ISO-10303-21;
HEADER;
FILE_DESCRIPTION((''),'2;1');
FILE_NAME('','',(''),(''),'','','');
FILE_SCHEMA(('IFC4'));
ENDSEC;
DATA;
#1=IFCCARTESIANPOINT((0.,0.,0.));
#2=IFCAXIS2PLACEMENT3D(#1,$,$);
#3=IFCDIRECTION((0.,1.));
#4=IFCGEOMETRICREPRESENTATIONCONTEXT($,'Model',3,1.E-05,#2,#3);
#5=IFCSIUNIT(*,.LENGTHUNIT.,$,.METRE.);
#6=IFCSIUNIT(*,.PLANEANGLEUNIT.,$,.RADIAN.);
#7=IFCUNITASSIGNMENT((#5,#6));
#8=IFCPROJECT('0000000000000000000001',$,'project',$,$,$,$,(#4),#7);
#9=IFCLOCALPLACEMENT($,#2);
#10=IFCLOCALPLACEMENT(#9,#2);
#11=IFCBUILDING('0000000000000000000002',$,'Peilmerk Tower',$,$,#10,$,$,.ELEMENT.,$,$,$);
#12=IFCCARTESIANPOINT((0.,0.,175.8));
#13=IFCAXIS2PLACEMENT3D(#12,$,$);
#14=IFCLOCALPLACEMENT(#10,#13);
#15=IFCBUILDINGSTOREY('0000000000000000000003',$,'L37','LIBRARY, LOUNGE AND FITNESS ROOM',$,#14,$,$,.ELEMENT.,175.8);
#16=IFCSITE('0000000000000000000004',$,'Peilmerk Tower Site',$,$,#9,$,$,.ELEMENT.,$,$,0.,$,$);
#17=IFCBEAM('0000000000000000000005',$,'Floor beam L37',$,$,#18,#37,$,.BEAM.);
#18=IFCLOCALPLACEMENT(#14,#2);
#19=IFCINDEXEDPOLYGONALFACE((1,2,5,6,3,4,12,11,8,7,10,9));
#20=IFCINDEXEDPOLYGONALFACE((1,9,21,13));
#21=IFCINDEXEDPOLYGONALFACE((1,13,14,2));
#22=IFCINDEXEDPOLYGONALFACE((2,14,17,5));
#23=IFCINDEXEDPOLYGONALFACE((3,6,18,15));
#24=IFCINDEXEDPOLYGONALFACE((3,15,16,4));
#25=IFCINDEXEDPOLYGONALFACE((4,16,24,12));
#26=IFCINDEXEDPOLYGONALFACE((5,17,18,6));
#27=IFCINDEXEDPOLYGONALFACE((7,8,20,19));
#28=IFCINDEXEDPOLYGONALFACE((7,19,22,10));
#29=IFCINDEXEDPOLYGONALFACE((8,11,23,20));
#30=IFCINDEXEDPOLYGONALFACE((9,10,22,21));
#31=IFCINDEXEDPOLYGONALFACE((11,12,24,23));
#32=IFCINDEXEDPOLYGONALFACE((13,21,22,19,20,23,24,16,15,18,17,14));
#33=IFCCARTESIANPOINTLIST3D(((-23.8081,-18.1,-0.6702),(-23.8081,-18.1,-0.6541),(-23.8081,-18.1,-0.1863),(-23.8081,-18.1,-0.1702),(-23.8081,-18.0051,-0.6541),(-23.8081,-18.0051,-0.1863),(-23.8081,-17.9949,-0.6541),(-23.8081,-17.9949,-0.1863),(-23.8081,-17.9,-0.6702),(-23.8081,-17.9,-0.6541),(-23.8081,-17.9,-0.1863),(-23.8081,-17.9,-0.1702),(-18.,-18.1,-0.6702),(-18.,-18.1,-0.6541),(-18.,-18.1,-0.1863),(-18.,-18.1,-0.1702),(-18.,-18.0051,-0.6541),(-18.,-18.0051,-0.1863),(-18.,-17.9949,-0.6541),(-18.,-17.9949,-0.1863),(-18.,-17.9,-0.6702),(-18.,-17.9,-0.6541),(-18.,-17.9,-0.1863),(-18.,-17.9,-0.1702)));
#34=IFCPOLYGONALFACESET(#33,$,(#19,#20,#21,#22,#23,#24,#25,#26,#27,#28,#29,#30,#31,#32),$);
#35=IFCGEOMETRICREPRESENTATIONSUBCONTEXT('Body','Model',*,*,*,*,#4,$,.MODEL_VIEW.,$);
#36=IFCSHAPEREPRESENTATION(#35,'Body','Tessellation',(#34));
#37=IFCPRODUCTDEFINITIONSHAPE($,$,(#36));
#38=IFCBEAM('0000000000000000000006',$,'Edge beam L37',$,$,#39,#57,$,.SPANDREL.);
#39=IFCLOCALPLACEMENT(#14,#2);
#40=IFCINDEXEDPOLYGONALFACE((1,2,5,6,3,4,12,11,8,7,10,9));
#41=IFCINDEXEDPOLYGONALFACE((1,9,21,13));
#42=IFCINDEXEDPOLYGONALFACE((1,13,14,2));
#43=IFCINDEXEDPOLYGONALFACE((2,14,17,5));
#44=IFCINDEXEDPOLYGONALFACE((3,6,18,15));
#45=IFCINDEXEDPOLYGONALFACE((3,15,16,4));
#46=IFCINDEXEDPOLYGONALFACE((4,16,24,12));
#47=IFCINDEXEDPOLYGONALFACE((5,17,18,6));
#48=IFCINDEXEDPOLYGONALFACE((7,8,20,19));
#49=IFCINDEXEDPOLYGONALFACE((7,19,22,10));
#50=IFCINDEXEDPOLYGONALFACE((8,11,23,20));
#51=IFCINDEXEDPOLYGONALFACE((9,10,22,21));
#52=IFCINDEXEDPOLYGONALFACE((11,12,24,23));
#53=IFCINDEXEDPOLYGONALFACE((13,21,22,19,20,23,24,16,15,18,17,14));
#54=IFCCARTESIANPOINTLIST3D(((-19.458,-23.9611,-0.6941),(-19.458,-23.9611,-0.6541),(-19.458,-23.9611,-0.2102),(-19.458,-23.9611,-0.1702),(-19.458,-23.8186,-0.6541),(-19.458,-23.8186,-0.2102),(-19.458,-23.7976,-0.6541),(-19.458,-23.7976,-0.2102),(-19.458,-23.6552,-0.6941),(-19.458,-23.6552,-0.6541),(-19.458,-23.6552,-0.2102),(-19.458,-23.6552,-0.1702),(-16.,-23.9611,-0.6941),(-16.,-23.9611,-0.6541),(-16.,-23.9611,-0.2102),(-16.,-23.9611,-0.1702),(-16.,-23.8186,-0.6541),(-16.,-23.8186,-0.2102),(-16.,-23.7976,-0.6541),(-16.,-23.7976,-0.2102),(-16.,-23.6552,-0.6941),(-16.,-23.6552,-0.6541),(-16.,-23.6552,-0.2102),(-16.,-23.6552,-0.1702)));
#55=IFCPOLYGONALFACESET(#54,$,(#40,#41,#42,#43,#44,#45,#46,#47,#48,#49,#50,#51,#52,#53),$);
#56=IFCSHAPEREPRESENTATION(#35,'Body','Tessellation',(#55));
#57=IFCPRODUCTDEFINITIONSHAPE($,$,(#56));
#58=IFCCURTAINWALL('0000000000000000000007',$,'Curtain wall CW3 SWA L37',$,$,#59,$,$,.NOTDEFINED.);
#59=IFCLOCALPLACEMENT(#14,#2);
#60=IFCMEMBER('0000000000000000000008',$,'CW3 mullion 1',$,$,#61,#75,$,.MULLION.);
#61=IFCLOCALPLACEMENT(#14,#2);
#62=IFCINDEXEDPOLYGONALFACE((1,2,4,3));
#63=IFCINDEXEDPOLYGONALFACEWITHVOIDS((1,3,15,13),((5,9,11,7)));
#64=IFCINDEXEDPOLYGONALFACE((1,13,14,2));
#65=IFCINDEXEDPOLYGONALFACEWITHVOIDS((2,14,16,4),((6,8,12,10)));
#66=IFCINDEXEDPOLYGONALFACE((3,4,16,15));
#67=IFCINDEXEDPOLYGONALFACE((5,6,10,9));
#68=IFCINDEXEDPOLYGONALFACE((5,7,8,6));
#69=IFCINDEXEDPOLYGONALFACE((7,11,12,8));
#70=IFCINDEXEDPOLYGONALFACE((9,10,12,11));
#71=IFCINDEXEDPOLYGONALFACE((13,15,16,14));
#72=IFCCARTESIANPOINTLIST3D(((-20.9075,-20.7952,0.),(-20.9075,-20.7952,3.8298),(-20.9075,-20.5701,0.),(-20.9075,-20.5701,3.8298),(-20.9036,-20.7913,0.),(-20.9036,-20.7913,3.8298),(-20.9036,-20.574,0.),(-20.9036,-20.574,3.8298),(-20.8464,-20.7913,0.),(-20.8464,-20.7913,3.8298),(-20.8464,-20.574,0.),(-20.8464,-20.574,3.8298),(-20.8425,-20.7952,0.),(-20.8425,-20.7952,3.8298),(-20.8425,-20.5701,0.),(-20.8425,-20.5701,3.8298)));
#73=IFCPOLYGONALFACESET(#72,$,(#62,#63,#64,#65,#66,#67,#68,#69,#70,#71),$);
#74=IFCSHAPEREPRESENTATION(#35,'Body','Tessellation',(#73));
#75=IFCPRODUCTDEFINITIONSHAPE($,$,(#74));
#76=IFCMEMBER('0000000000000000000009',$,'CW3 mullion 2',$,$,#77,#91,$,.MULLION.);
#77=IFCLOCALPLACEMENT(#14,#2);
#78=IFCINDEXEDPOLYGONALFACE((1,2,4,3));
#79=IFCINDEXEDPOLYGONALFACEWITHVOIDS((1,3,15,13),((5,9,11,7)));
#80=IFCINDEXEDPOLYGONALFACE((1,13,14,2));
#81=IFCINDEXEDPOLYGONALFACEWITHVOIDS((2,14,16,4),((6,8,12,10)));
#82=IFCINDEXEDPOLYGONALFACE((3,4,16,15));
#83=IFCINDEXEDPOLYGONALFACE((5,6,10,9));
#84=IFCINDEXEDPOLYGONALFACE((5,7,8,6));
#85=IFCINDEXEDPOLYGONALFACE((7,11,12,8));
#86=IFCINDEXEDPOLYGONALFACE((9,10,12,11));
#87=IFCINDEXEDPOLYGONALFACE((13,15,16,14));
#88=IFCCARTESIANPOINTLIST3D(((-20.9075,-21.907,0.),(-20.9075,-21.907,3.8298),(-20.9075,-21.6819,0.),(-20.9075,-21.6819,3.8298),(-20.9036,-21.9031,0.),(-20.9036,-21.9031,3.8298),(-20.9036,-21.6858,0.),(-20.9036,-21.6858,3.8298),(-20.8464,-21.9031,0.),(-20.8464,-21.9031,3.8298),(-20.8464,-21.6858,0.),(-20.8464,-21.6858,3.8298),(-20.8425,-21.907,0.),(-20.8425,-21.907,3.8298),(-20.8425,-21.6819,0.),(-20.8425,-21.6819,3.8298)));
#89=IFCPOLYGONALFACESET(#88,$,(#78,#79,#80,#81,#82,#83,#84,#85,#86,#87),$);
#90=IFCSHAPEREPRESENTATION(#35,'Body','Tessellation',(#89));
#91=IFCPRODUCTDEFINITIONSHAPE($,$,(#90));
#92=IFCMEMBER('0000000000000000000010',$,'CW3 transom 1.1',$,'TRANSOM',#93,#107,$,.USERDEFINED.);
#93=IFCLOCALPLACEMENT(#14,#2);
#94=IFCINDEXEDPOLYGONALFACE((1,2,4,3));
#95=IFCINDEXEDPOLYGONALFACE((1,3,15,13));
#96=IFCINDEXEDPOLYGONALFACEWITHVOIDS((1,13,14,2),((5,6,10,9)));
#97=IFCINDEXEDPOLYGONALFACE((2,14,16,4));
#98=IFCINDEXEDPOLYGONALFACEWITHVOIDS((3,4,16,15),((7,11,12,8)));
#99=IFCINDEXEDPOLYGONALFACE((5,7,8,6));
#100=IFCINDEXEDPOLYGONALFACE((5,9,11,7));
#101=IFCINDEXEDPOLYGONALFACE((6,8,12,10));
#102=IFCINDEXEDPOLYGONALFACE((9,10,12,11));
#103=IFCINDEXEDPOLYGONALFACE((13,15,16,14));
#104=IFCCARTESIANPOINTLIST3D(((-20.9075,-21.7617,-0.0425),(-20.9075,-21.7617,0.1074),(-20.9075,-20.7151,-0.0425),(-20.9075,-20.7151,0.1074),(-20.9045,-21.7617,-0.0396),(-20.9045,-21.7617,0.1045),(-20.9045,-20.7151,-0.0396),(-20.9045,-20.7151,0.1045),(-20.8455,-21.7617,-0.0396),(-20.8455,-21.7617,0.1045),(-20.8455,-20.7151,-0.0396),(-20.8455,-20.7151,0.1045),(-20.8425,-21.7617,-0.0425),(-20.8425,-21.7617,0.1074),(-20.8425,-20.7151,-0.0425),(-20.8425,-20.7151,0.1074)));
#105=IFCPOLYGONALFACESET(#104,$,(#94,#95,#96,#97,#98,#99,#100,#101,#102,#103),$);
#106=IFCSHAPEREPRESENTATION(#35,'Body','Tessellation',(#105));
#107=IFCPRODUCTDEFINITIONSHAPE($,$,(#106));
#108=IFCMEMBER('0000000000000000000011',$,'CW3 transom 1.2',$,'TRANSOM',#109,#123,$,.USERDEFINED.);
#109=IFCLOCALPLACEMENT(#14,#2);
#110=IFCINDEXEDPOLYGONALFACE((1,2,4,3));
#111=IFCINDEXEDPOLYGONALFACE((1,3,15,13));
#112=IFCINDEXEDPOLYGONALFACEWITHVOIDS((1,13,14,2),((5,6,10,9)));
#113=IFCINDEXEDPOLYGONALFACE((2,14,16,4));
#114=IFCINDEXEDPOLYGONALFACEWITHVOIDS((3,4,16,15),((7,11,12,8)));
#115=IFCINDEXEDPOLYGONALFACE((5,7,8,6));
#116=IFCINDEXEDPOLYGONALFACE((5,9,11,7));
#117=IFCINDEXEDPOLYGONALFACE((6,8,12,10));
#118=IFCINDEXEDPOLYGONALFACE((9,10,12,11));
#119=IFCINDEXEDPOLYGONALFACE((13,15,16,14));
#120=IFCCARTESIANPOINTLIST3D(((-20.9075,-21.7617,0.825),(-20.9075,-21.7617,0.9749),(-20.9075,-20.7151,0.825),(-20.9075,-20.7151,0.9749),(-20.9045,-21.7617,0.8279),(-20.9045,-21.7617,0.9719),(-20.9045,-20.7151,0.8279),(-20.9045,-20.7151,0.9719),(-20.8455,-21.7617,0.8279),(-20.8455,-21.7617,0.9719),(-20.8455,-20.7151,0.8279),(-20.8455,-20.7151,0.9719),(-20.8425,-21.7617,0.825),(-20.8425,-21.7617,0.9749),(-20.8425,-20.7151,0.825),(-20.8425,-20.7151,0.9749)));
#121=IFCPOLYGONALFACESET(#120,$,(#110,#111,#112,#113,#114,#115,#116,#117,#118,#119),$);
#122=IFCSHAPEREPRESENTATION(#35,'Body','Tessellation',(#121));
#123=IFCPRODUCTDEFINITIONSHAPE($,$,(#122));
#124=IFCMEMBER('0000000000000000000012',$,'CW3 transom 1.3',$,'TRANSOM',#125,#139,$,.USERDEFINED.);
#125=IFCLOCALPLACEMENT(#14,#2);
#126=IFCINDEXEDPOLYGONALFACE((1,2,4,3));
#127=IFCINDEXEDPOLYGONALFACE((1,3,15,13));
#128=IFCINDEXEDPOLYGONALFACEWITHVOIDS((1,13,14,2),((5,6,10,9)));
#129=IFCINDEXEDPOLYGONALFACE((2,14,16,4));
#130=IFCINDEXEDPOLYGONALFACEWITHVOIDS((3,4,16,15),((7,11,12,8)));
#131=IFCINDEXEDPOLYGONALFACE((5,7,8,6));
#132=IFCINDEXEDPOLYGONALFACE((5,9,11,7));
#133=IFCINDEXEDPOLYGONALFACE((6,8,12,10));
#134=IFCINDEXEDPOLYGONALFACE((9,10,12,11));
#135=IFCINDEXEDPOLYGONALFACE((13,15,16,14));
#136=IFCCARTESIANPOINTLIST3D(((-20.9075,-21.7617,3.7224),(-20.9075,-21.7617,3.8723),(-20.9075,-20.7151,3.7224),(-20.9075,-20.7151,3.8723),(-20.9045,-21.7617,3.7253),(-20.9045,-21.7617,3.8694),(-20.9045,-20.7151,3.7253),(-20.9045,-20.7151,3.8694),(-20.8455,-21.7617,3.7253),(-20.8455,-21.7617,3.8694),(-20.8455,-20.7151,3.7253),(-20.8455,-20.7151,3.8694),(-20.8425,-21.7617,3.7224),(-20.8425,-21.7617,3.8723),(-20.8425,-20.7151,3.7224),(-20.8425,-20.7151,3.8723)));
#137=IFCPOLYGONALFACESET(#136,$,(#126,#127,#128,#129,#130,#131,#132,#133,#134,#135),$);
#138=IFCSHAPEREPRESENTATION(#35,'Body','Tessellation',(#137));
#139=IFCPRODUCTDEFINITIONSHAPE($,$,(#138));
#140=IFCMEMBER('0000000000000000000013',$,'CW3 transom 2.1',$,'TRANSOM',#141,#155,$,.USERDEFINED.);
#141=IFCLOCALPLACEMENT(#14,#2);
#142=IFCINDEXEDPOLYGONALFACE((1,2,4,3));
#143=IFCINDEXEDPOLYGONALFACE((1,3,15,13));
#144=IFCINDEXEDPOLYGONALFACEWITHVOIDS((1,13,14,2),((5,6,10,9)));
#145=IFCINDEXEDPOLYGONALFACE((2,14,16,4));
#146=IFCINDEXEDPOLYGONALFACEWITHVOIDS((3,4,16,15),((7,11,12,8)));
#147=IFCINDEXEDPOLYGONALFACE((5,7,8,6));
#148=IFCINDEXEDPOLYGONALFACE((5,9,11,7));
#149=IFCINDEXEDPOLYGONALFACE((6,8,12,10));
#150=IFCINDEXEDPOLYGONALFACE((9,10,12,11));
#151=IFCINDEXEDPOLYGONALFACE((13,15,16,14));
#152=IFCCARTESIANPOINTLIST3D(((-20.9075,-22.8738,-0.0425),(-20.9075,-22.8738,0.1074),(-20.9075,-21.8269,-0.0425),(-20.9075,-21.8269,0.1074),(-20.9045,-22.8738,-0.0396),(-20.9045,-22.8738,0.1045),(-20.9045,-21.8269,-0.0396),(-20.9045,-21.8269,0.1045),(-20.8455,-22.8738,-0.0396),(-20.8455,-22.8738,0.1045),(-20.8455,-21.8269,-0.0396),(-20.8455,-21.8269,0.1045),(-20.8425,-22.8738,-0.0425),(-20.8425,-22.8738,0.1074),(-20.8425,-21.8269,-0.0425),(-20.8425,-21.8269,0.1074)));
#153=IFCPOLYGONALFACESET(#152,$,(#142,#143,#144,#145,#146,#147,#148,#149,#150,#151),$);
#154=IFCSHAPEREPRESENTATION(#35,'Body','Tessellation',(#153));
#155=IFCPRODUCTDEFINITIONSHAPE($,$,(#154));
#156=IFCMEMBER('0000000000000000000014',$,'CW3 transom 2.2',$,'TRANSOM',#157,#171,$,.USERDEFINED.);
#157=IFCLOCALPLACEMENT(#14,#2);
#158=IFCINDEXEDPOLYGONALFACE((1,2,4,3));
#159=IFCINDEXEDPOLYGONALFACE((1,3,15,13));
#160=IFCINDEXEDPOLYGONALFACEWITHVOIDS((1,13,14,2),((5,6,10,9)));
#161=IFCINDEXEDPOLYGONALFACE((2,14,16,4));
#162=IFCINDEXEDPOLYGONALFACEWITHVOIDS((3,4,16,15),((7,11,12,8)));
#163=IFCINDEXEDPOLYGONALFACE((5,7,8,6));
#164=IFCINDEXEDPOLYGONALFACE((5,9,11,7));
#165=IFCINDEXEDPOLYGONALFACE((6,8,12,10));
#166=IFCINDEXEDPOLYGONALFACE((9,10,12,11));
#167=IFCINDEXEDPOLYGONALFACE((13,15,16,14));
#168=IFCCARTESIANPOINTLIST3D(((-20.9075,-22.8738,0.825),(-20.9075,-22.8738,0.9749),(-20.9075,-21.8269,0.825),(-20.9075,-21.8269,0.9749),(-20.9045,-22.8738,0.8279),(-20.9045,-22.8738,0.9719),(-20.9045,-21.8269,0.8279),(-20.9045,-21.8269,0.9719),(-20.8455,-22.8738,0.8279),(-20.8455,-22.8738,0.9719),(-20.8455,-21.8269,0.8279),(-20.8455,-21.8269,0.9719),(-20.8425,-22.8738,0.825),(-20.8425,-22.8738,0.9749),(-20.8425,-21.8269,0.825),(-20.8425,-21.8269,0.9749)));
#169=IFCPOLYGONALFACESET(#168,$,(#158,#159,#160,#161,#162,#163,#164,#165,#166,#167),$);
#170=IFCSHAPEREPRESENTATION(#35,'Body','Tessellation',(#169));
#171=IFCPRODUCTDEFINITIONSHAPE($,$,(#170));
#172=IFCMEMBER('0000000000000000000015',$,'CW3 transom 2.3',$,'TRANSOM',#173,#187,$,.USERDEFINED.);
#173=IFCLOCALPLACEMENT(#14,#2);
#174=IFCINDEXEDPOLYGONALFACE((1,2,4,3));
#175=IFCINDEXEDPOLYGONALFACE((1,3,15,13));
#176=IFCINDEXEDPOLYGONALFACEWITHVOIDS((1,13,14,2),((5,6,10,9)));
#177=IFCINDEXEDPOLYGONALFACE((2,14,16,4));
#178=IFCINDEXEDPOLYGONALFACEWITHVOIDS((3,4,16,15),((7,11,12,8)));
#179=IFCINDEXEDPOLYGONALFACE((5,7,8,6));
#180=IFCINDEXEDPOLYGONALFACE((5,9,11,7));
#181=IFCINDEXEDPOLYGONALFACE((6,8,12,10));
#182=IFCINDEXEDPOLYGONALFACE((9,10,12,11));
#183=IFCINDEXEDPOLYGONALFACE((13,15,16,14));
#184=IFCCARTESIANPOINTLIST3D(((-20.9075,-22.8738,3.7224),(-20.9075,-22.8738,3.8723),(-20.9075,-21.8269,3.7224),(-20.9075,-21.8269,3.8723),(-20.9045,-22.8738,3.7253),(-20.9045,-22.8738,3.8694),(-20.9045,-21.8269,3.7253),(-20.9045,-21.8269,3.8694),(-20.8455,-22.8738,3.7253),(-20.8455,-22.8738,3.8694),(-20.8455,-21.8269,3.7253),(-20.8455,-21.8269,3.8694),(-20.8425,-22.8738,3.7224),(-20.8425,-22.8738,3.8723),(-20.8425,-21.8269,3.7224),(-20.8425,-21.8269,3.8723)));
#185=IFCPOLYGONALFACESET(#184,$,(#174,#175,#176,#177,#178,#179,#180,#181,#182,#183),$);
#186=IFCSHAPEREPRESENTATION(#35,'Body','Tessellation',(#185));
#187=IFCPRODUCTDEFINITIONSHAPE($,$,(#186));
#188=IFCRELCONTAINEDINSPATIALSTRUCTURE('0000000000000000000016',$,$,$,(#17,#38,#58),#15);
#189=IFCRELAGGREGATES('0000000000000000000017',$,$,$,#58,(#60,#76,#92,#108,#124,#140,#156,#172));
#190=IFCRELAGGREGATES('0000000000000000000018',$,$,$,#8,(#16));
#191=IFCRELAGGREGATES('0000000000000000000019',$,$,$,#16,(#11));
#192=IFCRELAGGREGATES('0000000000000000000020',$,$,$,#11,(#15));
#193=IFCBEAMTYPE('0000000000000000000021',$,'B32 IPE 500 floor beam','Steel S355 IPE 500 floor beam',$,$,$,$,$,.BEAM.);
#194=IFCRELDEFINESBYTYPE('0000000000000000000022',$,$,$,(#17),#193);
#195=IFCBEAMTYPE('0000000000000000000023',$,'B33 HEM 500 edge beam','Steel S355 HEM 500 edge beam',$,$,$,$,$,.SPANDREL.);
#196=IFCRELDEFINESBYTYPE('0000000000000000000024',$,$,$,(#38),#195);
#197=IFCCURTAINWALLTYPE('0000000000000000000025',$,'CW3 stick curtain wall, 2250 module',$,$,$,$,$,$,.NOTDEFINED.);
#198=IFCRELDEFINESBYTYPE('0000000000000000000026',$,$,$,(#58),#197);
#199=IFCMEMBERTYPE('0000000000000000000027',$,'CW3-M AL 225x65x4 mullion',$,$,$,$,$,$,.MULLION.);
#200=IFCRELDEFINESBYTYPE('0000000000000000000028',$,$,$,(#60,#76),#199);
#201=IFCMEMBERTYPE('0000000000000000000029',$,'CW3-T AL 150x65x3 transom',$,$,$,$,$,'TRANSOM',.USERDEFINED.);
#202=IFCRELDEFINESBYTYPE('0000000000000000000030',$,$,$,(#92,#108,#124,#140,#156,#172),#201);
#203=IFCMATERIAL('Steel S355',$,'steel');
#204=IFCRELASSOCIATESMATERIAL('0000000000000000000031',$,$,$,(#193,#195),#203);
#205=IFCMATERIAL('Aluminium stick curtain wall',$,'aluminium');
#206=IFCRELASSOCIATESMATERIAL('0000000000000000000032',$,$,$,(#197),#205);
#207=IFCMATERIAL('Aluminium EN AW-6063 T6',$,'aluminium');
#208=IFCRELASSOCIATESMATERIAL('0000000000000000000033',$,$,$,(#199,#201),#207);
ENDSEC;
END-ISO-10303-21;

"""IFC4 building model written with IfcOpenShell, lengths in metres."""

from ifc_helpers import new_model, si_unit, direction, frame, origin, origin_2d, place, context, subcontext, project, spatial, hollow_rectangle, i_section, extrude, material, material_profile, profile_set, type_object, element, aggregate, save


model = new_model("IFC4")

# Units and contexts
model_context = context("Model", 3, precision=1e-05, world=origin(), true_north=direction((0.0, 1.0)))
body_context = subcontext(model_context, "Body", "Model", "MODEL_VIEW")
ifc_project = project(units=[si_unit("LENGTHUNIT", "METRE"), si_unit("PLANEANGLEUNIT", "RADIAN")], contexts=[model_context])

# Site, building, storey
site_placement = place(None, origin())
site = spatial("IfcSite", under=ifc_project, at=site_placement, Name="Peilmerk Tower Site", CompositionType="ELEMENT", RefElevation=0.0)
building_placement = place(site_placement, origin())
building = spatial("IfcBuilding", under=site, at=building_placement, Name="Peilmerk Tower", CompositionType="ELEMENT")
storey_placement = place(building_placement, frame((0.0, 0.0, 175.8)))
storey = spatial("IfcBuildingStorey", under=building, at=storey_placement, Name="L37", Description="LIBRARY, LOUNGE AND FITNESS ROOM", CompositionType="ELEMENT", Elevation=175.8)

# Beams
ifc_material_1 = material(Name="Steel S355", Category="steel")
ifc_material_profile_1 = material_profile(ifc_material_1, i_section(OverallWidth=0.2, OverallDepth=0.5, WebThickness=0.0103, FlangeThickness=0.0161, at=origin_2d()), Name="IPE 500")
ifc_profile_set_1 = profile_set([ifc_material_profile_1], Name="Steel S355")
beam_type_1 = type_object("IfcBeamType", Name="B32 IPE 500 floor beam", Description="Steel S355 IPE 500 floor beam", PredefinedType="BEAM", material=ifc_profile_set_1)
for number, where, z_axis, x_axis, name in (
    (1, (-18.0, -18.0, -0.4202), (-1.0, 0.0, 0.0), (0.0, -1.0, 0.0), "Floor beam L37"),
):
    element("IfcBeam", number, at=place(storey_placement, frame(where, z_axis=z_axis, x_axis=x_axis)), inside=storey, type_object=beam_type_1, Name=name, PredefinedType="BEAM", context=body_context, shape_type="SweptSolid", body=[
        extrude(i_section(OverallWidth=0.2, OverallDepth=0.5, WebThickness=0.0103, FlangeThickness=0.0161, at=origin_2d()), origin(), (0.0, 0.0, 1.0), 5.8081),
    ])
ifc_material_profile_2 = material_profile(ifc_material_1, i_section(OverallWidth=0.3059, OverallDepth=0.5239, WebThickness=0.021, FlangeThickness=0.04, at=origin_2d()), Name="HEM 500")
ifc_profile_set_2 = profile_set([ifc_material_profile_2], Name="Steel S355")
beam_type_2 = type_object("IfcBeamType", Name="B33 HEM 500 edge beam", Description="Steel S355 HEM 500 edge beam", PredefinedType="SPANDREL", material=ifc_profile_set_2)
beam_1_placement = place(storey_placement, frame((-19.458, -23.8081, -0.4321), z_axis=(1.0, 0.0, 0.0), x_axis=(0.0, 1.0, 0.0)))
element("IfcBeam", 2, at=beam_1_placement, inside=storey, type_object=beam_type_2, Name="Edge beam L37", PredefinedType="SPANDREL", context=body_context, shape_type="SweptSolid", body=[
    extrude(i_section(OverallWidth=0.3059, OverallDepth=0.5239, WebThickness=0.021, FlangeThickness=0.04, at=origin_2d()), origin(), (0.0, 0.0, 1.0), 3.458),
])

# Curtain wall, members
ifc_material_2 = material(Name="Aluminium stick curtain wall", Category="aluminium")
curtain_wall_type = type_object("IfcCurtainWallType", Name="CW3 stick curtain wall, 2250 module", PredefinedType="NOTDEFINED", material=ifc_material_2)
curtain_wall_placement = place(storey_placement, origin())
curtain_wall = element("IfcCurtainWall", 3, at=curtain_wall_placement, inside=storey, type_object=curtain_wall_type, Name="Curtain wall CW3 SWA L37", PredefinedType="NOTDEFINED")
ifc_material_3 = material(Name="Aluminium EN AW-6063 T6", Category="aluminium")
ifc_material_profile_3 = material_profile(ifc_material_3, hollow_rectangle(XDim=0.0649, YDim=0.2251, WallThickness=0.0039, at=origin_2d()), Name="AL 225x65x4")
ifc_profile_set_3 = profile_set([ifc_material_profile_3], Name="Aluminium EN AW-6063 T6")
member_type_1 = type_object("IfcMemberType", Name="CW3-M AL 225x65x4 mullion", PredefinedType="MULLION", material=ifc_profile_set_3)
member_1_placement = place(storey_placement, frame((-20.875, -20.6826, 0.0), z_axis=(0.0, 0.0, 1.0), x_axis=(1.0, 0.0, 0.0)))
member_1 = element("IfcMember", 4, at=member_1_placement, type_object=member_type_1, Name="CW3 mullion 1", PredefinedType="MULLION", context=body_context, shape_type="SweptSolid", body=[
    extrude(hollow_rectangle(XDim=0.0649, YDim=0.2251, WallThickness=0.0039, at=origin_2d()), origin(), (0.0, 0.0, 1.0), 3.8298),
])
member_2_placement = place(storey_placement, frame((-20.875, -21.7944, 0.0), z_axis=(0.0, 0.0, 1.0), x_axis=(1.0, 0.0, 0.0)))
member_2 = element("IfcMember", 5, at=member_2_placement, type_object=member_type_1, Name="CW3 mullion 2", PredefinedType="MULLION", context=body_context, shape_type="SweptSolid", body=[
    extrude(hollow_rectangle(XDim=0.0649, YDim=0.2251, WallThickness=0.0039, at=origin_2d()), origin(), (0.0, 0.0, 1.0), 3.8298),
])
ifc_material_profile_4 = material_profile(ifc_material_3, hollow_rectangle(XDim=0.0649, YDim=0.1499, WallThickness=0.0029, at=origin_2d()), Name="AL 150x65x3")
ifc_profile_set_4 = profile_set([ifc_material_profile_4], Name="Aluminium EN AW-6063 T6")
member_type_2 = type_object("IfcMemberType", Name="CW3-T AL 150x65x3 transom", ElementType="TRANSOM", PredefinedType="USERDEFINED", material=ifc_profile_set_4)
member_3_placement = place(storey_placement, frame((-20.875, -20.7151, 0.0325), z_axis=(0.0, -1.0, 0.0), x_axis=(1.0, 0.0, 0.0)))
member_3 = element("IfcMember", 6, at=member_3_placement, type_object=member_type_2, Name="CW3 transom 1.1", ObjectType="TRANSOM", PredefinedType="USERDEFINED", context=body_context, shape_type="SweptSolid", body=[
    extrude(hollow_rectangle(XDim=0.0649, YDim=0.1499, WallThickness=0.0029, at=origin_2d()), origin(), (0.0, 0.0, 1.0), 1.0466),
])
member_4_placement = place(storey_placement, frame((-20.875, -20.7151, 0.8999), z_axis=(0.0, -1.0, 0.0), x_axis=(1.0, 0.0, 0.0)))
member_4 = element("IfcMember", 7, at=member_4_placement, type_object=member_type_2, Name="CW3 transom 1.2", ObjectType="TRANSOM", PredefinedType="USERDEFINED", context=body_context, shape_type="SweptSolid", body=[
    extrude(hollow_rectangle(XDim=0.0649, YDim=0.1499, WallThickness=0.0029, at=origin_2d()), origin(), (0.0, 0.0, 1.0), 1.0466),
])
member_5_placement = place(storey_placement, frame((-20.875, -20.7151, 3.7974), z_axis=(0.0, -1.0, 0.0), x_axis=(1.0, 0.0, 0.0)))
member_5 = element("IfcMember", 8, at=member_5_placement, type_object=member_type_2, Name="CW3 transom 1.3", ObjectType="TRANSOM", PredefinedType="USERDEFINED", context=body_context, shape_type="SweptSolid", body=[
    extrude(hollow_rectangle(XDim=0.0649, YDim=0.1499, WallThickness=0.0029, at=origin_2d()), origin(), (0.0, 0.0, 1.0), 1.0466),
])
member_6_placement = place(storey_placement, frame((-20.875, -21.8269, 0.0325), z_axis=(0.0, -1.0, 0.0), x_axis=(1.0, 0.0, 0.0)))
member_6 = element("IfcMember", 9, at=member_6_placement, type_object=member_type_2, Name="CW3 transom 2.1", ObjectType="TRANSOM", PredefinedType="USERDEFINED", context=body_context, shape_type="SweptSolid", body=[
    extrude(hollow_rectangle(XDim=0.0649, YDim=0.1499, WallThickness=0.0029, at=origin_2d()), origin(), (0.0, 0.0, 1.0), 1.0469),
])
member_7_placement = place(storey_placement, frame((-20.875, -21.8269, 0.8999), z_axis=(0.0, -1.0, 0.0), x_axis=(1.0, 0.0, 0.0)))
member_7 = element("IfcMember", 10, at=member_7_placement, type_object=member_type_2, Name="CW3 transom 2.2", ObjectType="TRANSOM", PredefinedType="USERDEFINED", context=body_context, shape_type="SweptSolid", body=[
    extrude(hollow_rectangle(XDim=0.0649, YDim=0.1499, WallThickness=0.0029, at=origin_2d()), origin(), (0.0, 0.0, 1.0), 1.0469),
])
member_8_placement = place(storey_placement, frame((-20.875, -21.8269, 3.7974), z_axis=(0.0, -1.0, 0.0), x_axis=(1.0, 0.0, 0.0)))
member_8 = element("IfcMember", 11, at=member_8_placement, type_object=member_type_2, Name="CW3 transom 2.3", ObjectType="TRANSOM", PredefinedType="USERDEFINED", context=body_context, shape_type="SweptSolid", body=[
    extrude(hollow_rectangle(XDim=0.0649, YDim=0.1499, WallThickness=0.0029, at=origin_2d()), origin(), (0.0, 0.0, 1.0), 1.0469),
])
aggregate(curtain_wall, [member_1, member_2, member_3, member_4, member_5, member_6, member_7, member_8])

save(model, "model.ifc")
